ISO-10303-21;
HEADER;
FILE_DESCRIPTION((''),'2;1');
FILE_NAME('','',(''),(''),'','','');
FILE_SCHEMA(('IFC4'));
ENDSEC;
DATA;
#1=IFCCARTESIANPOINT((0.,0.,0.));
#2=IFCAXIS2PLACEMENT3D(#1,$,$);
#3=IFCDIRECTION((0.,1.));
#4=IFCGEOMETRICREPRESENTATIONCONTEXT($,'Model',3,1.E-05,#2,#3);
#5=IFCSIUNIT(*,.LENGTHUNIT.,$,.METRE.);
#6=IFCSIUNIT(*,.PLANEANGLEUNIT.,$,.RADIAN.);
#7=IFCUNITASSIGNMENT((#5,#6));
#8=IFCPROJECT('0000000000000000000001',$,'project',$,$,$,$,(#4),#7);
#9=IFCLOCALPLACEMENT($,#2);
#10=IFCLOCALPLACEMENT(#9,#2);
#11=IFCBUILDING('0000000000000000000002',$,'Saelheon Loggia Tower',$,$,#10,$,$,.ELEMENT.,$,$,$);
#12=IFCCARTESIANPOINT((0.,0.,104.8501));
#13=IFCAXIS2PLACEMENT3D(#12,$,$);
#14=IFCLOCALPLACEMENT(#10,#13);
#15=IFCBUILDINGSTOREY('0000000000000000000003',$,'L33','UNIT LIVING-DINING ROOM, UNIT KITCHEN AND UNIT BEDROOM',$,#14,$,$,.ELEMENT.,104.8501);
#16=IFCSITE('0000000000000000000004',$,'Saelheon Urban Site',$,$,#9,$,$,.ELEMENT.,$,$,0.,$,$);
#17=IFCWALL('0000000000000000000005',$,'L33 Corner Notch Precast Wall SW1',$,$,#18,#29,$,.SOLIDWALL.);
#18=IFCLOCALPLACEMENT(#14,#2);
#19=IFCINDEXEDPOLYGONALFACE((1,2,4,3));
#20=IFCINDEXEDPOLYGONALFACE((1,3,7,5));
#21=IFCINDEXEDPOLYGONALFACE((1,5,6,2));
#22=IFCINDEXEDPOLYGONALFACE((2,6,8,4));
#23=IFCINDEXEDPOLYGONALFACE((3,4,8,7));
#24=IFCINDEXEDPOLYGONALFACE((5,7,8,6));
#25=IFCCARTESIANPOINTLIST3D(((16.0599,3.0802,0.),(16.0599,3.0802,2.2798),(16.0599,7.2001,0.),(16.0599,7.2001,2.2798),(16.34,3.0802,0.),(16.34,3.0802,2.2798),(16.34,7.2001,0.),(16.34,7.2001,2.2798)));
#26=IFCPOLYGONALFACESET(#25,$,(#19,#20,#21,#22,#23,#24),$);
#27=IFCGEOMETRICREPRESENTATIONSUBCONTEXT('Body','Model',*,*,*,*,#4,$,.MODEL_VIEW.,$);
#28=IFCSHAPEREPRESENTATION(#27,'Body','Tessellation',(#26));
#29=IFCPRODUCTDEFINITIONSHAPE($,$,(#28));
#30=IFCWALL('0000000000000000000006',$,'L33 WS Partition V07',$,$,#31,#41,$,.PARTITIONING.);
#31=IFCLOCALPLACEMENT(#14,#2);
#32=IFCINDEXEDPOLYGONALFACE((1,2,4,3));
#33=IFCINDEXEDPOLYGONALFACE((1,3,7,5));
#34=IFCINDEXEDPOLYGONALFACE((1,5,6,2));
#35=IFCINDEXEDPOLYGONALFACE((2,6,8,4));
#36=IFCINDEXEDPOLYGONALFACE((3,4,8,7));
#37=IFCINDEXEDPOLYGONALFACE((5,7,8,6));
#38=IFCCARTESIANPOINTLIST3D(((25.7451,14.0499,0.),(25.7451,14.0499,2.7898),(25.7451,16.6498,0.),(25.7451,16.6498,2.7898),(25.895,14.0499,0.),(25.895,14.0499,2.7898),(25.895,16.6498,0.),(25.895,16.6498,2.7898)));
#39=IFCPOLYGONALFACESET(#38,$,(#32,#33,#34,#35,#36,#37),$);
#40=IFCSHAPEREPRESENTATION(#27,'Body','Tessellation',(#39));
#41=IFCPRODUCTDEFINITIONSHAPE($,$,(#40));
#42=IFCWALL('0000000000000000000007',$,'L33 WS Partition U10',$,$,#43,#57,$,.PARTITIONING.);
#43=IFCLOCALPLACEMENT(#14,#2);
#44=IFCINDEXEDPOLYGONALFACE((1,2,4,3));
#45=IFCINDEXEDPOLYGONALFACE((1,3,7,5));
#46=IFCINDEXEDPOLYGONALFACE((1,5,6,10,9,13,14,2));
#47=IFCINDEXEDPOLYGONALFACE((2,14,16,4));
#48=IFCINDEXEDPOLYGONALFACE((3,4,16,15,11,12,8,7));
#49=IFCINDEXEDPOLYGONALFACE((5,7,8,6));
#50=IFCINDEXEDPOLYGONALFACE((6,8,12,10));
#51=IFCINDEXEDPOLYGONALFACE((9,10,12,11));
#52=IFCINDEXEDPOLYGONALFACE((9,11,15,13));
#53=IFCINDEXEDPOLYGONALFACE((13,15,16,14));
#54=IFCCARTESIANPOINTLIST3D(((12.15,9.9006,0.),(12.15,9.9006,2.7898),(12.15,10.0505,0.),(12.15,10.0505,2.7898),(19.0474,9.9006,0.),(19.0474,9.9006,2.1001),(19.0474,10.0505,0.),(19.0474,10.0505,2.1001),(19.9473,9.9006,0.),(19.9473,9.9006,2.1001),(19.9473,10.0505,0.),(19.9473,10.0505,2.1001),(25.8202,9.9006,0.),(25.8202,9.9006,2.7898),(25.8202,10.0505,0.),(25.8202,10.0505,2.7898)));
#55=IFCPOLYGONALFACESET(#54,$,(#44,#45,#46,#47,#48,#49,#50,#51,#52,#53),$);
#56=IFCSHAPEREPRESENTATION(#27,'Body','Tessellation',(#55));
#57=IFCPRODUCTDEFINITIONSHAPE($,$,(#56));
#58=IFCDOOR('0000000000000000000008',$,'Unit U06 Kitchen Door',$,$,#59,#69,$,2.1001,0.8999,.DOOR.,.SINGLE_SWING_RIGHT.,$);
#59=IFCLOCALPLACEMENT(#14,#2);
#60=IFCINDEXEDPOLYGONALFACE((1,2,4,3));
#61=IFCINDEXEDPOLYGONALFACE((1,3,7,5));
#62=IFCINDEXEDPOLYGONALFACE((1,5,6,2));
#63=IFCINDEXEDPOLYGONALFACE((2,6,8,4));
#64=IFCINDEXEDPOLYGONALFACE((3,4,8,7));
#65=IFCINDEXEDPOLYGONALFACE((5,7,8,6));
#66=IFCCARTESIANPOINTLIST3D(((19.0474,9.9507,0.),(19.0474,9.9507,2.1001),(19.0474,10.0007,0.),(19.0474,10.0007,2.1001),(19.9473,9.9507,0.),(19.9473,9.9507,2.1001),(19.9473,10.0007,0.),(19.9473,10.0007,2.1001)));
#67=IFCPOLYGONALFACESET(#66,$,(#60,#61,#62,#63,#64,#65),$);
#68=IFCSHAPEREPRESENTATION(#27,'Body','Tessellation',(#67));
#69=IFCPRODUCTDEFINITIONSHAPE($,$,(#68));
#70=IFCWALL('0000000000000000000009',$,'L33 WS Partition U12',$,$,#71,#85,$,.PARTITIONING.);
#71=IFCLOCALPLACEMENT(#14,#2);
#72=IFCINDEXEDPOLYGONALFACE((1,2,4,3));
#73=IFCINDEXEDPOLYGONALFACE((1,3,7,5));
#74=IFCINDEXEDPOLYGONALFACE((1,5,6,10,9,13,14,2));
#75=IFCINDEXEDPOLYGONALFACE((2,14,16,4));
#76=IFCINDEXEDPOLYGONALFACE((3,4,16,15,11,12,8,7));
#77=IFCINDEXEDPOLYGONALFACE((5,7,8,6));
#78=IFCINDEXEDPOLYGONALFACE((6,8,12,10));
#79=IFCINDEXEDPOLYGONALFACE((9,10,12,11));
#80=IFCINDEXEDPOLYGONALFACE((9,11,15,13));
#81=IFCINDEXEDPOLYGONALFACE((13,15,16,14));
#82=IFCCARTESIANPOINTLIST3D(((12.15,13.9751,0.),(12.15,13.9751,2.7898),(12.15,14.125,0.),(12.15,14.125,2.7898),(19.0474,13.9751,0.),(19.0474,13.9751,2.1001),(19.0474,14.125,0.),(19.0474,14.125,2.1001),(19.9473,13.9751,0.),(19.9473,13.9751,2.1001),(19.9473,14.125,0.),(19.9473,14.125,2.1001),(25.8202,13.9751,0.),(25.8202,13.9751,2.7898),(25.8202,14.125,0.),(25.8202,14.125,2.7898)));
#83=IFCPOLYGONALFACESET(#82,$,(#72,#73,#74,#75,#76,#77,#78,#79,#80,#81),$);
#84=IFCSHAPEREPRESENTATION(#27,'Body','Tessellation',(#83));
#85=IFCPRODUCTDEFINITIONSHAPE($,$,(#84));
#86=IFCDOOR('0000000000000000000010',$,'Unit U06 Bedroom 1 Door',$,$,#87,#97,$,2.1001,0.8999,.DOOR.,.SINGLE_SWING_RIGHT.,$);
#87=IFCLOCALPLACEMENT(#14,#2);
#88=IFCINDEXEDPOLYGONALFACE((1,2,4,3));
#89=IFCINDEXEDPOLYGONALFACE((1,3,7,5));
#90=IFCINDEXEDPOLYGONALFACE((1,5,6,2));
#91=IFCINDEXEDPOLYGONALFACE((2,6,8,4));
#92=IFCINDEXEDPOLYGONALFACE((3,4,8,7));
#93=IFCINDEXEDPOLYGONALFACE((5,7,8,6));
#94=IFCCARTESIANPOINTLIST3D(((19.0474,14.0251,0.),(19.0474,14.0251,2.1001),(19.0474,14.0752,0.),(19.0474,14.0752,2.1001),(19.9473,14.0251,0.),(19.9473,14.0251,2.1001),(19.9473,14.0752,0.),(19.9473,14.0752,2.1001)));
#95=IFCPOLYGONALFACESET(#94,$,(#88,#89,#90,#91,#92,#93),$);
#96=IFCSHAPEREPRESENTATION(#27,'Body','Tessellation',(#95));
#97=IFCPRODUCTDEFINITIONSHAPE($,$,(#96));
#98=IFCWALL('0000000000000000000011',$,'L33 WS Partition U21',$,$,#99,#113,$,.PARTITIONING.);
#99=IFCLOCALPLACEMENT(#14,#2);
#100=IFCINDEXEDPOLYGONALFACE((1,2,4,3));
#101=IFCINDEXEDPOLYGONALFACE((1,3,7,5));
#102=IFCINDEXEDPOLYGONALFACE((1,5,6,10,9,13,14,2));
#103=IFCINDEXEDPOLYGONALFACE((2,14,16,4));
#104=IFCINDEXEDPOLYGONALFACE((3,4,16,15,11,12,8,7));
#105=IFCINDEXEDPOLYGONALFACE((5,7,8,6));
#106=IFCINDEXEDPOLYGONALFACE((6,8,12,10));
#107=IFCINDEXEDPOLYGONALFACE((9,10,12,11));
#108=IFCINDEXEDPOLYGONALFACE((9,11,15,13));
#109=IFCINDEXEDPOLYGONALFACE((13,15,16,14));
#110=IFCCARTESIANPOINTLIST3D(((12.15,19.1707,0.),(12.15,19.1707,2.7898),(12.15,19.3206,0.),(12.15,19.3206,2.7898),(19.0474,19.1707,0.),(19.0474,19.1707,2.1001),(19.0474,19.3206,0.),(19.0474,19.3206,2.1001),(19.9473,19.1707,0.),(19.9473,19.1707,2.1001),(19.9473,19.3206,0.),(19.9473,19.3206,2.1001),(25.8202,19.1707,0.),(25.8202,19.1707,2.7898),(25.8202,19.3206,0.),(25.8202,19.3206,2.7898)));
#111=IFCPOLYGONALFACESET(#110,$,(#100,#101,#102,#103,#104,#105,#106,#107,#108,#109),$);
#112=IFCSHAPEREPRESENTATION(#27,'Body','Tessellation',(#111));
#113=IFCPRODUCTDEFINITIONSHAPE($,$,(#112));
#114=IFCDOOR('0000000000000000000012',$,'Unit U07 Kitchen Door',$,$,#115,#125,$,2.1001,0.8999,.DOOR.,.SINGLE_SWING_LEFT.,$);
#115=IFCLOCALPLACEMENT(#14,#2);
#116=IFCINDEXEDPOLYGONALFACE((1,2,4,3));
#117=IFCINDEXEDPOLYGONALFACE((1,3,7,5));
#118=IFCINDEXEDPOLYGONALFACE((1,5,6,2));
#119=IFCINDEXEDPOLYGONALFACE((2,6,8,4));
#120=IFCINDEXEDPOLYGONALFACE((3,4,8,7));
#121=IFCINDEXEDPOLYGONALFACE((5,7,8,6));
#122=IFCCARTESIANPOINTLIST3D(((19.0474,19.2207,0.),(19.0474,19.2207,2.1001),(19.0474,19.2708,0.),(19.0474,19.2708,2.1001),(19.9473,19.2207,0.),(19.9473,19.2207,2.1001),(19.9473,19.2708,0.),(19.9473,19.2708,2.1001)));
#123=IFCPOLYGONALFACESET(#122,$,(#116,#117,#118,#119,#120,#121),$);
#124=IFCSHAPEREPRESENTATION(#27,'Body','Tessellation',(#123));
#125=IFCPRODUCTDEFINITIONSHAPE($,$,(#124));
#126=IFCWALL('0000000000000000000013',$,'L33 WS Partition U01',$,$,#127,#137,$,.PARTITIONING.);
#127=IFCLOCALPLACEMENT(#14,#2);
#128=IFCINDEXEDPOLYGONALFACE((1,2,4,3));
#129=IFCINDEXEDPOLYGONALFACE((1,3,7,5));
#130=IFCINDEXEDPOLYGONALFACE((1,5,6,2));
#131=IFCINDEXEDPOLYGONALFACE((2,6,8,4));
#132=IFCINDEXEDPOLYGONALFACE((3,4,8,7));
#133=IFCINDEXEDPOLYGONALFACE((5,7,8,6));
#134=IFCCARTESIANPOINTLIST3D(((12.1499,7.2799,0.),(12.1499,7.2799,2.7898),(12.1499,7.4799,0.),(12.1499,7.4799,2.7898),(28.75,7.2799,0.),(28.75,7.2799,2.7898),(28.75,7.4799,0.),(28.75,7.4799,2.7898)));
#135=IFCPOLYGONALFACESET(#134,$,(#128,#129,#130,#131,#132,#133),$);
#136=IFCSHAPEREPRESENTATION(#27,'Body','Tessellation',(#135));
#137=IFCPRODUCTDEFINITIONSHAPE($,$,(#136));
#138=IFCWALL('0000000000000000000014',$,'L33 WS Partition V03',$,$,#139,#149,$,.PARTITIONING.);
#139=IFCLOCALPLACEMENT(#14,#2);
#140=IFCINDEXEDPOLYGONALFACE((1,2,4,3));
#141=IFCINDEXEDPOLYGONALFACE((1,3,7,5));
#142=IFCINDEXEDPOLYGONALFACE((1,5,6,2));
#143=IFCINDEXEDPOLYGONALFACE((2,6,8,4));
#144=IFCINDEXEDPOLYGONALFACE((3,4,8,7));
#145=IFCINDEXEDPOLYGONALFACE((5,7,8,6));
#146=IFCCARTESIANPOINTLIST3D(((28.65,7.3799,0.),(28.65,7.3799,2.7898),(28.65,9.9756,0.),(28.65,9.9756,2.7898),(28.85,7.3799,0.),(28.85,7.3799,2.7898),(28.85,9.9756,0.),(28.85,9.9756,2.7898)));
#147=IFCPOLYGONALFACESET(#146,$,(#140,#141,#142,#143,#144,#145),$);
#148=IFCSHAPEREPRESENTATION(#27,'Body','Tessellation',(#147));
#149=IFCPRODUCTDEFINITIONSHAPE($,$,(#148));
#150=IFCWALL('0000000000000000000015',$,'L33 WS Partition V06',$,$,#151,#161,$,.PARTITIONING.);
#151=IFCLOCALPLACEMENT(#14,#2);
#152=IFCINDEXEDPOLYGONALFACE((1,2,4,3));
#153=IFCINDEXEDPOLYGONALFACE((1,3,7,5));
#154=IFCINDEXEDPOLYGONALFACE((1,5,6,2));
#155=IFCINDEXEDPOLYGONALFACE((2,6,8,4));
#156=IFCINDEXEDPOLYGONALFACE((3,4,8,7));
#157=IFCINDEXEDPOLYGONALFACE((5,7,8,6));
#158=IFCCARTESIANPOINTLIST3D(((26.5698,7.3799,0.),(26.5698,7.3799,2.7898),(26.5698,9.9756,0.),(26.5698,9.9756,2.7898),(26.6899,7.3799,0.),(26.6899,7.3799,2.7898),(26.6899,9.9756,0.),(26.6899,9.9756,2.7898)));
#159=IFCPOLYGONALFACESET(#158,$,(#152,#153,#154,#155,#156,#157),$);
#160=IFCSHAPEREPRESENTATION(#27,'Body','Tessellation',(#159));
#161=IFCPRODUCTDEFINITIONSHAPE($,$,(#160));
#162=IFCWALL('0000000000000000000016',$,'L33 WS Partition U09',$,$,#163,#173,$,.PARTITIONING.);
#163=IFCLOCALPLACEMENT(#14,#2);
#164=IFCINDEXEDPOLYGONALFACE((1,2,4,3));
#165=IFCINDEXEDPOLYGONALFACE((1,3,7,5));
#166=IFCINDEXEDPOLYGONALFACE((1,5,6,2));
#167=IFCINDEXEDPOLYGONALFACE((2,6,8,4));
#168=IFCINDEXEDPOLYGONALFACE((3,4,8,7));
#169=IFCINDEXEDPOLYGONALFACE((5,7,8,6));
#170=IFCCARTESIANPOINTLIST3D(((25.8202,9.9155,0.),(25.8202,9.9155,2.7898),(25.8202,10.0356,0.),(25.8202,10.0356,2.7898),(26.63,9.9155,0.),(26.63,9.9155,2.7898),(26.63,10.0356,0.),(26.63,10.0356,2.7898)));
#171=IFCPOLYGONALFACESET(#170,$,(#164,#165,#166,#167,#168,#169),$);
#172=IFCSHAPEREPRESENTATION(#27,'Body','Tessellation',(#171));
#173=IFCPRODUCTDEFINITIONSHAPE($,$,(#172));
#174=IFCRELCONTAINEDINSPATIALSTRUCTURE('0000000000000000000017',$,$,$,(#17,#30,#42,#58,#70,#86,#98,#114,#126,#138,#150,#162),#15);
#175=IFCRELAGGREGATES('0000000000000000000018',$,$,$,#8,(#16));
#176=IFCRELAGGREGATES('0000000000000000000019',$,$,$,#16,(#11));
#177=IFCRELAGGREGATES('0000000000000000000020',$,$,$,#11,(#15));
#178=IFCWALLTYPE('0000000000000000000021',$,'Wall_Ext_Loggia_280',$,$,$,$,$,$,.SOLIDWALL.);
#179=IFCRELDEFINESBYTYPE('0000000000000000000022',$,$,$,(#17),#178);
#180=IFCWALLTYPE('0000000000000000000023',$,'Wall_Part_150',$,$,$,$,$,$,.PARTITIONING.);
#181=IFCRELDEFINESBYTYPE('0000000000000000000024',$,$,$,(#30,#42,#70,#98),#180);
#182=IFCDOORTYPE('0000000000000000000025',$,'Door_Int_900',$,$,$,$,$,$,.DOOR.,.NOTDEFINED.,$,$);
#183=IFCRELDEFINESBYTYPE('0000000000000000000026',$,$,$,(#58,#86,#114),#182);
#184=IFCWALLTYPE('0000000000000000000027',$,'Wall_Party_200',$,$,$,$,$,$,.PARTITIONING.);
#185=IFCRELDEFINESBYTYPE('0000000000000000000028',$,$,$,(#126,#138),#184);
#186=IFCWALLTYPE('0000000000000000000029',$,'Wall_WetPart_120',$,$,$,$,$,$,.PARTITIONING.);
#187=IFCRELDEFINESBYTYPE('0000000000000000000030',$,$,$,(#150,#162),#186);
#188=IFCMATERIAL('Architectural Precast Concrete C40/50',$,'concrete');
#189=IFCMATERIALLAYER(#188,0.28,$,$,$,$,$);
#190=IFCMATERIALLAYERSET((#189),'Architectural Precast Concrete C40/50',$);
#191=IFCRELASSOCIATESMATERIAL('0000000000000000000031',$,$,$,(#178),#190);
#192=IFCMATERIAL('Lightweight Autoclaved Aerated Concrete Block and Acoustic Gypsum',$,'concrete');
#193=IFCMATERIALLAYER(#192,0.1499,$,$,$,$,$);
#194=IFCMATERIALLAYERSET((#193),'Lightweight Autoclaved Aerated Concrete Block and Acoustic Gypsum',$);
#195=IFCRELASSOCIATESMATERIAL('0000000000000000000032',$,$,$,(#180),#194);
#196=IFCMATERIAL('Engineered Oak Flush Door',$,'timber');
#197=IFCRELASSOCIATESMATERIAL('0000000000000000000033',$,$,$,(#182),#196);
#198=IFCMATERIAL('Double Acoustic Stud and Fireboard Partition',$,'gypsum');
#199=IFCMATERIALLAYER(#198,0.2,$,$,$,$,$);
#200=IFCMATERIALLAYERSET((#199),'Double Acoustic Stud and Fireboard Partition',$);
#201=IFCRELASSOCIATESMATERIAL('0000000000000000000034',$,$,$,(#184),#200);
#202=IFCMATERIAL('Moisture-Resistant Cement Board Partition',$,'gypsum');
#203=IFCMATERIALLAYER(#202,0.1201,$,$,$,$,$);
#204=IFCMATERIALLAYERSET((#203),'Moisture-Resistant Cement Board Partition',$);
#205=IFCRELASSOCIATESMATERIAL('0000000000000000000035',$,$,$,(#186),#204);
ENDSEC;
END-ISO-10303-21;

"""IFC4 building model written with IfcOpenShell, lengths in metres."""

from ifc_helpers import new_model, si_unit, direction, frame, frame_2d, origin, place, context, subcontext, project, spatial, rectangle, extrude, source, transform, mapped, material, layer, layer_set, type_object, element, fill, save


model = new_model("IFC4")

# Units and contexts
model_context = context("Model", 3, precision=1e-05, world=origin(), true_north=direction((0.0, 1.0)))
body_context = subcontext(model_context, "Body", "Model", "MODEL_VIEW")
ifc_project = project(units=[si_unit("LENGTHUNIT", "METRE"), si_unit("PLANEANGLEUNIT", "RADIAN")], contexts=[model_context])

# Site, building, storey
site_placement = place(None, origin())
site = spatial("IfcSite", under=ifc_project, at=site_placement, Name="Saelheon Urban Site", CompositionType="ELEMENT", RefElevation=0.0)
building_placement = place(site_placement, origin())
building = spatial("IfcBuilding", under=site, at=building_placement, Name="Saelheon Loggia Tower", CompositionType="ELEMENT")
storey_placement = place(building_placement, frame((0.0, 0.0, 104.8501)))
storey = spatial("IfcBuildingStorey", under=building, at=storey_placement, Name="L33", Description="UNIT LIVING-DINING ROOM, UNIT KITCHEN AND UNIT BEDROOM", CompositionType="ELEMENT", Elevation=104.8501)

# Shared definitions
ifc_material_1 = material(Name="Architectural Precast Concrete C40/50", Category="concrete")
ifc_layer_1 = layer(ifc_material_1, 0.28)
ifc_layer_set_1 = layer_set([ifc_layer_1], Name="Architectural Precast Concrete C40/50")
wall_type_1 = type_object("IfcWallType", Name="Wall_Ext_Loggia_280", PredefinedType="SOLIDWALL", material=ifc_layer_set_1)

# Walls
wall_1_placement = place(storey_placement, frame((16.2, 3.0801, 0.0), z_axis=(0.0, 0.0, 1.0), x_axis=(0.0, 1.0, 0.0)))
element("IfcWall", 1, at=wall_1_placement, inside=storey, type_object=wall_type_1, Name="L33 Corner Notch Precast Wall SW1", PredefinedType="SOLIDWALL", context=body_context, shape_type="SweptSolid", body=[
    extrude(rectangle(XDim=4.1199, YDim=0.28, at=frame_2d((2.0601, 0.0))), origin(), (0.0, 0.0, 1.0), 2.2798),
])
ifc_material_2 = material(Name="Lightweight Autoclaved Aerated Concrete Block and Acoustic Gypsum", Category="concrete")
ifc_layer_2 = layer(ifc_material_2, 0.1499)
ifc_layer_set_2 = layer_set([ifc_layer_2], Name="Lightweight Autoclaved Aerated Concrete Block and Acoustic Gypsum")
wall_type_2 = type_object("IfcWallType", Name="Wall_Part_150", PredefinedType="PARTITIONING", material=ifc_layer_set_2)
wall_2_placement = place(storey_placement, frame((25.8201, 14.05, 0.0), z_axis=(0.0, 0.0, 1.0), x_axis=(0.0, 1.0, 0.0)))
element("IfcWall", 2, at=wall_2_placement, inside=storey, type_object=wall_type_2, Name="L33 WS Partition V07", PredefinedType="PARTITIONING", context=body_context, shape_type="SweptSolid", body=[
    extrude(rectangle(XDim=2.5999, YDim=0.1499, at=frame_2d((1.2998, 0.0))), origin(), (0.0, 0.0, 1.0), 2.7898),
])

# Walls, openings, doors
wall_3_placement = place(storey_placement, frame((25.8201, 9.9756, 0.0), z_axis=(0.0, 0.0, 1.0), x_axis=(-1.0, 0.0, 0.0)))
wall_3 = element("IfcWall", 3, at=wall_3_placement, inside=storey, type_object=wall_type_2, Name="L33 WS Partition U10", PredefinedType="PARTITIONING", context=body_context, shape_type="SweptSolid", body=[
    extrude(rectangle(XDim=13.6702, YDim=0.1499, at=frame_2d((6.835, 0.0))), origin(), (0.0, 0.0, 1.0), 2.7898),
])
opening_1_placement = place(wall_3_placement, frame((5.8728, 0.0, 0.0)))
opening_1 = element("IfcOpeningElement", 4, at=opening_1_placement, cuts=wall_3, PredefinedType="OPENING", context=body_context, shape_type="SweptSolid", body=[
    extrude(rectangle(XDim=0.8999, YDim=2.1001, at=frame_2d((0.45, 1.05))), frame((0.0, 0.0869, 0.0), z_axis=(0.0, -1.0, 0.0), x_axis=(1.0, 0.0, 0.0)), (0.0, 0.0, 1.0), 0.1738),
])
ifc_material_3 = material(Name="Engineered Oak Flush Door", Category="timber")
door_type_1 = type_object("IfcDoorType", Name="Door_Int_900", OperationType="NOTDEFINED", PredefinedType="DOOR", material=ifc_material_3)
shared_shape_1 = source(origin(), body_context, "Body", "SweptSolid", [
    extrude(rectangle(XDim=0.8999, YDim=2.1001, at=frame_2d((0.45, 1.05))), frame((0.0, 0.0249, 0.0), z_axis=(0.0, -1.0, 0.0), x_axis=(1.0, 0.0, 0.0)), (0.0, 0.0, 1.0), 0.05),
])
door_1_placement = place(opening_1_placement, origin())
door_1 = element("IfcDoor", 5, at=door_1_placement, inside=storey, type_object=door_type_1, Name="Unit U06 Kitchen Door", OperationType="SINGLE_SWING_RIGHT", OverallHeight=2.1001, OverallWidth=0.8999, PredefinedType="DOOR", context=body_context, shape_type="MappedRepresentation", body=[
    mapped(shared_shape_1, transform((0.0, 0.0, 0.0), scale=1.0)),
])
fill(opening_1, door_1)
wall_4_placement = place(storey_placement, frame((25.8201, 14.05, 0.0), z_axis=(0.0, 0.0, 1.0), x_axis=(-1.0, 0.0, 0.0)))
wall_4 = element("IfcWall", 6, at=wall_4_placement, inside=storey, type_object=wall_type_2, Name="L33 WS Partition U12", PredefinedType="PARTITIONING", context=body_context, shape_type="SweptSolid", body=[
    extrude(rectangle(XDim=13.6702, YDim=0.1499, at=frame_2d((6.835, 0.0))), origin(), (0.0, 0.0, 1.0), 2.7898),
])
opening_2_placement = place(wall_4_placement, frame((5.8728, 0.0, 0.0)))
opening_2 = element("IfcOpeningElement", 7, at=opening_2_placement, cuts=wall_4, PredefinedType="OPENING", context=body_context, shape_type="SweptSolid", body=[
    extrude(rectangle(XDim=0.8999, YDim=2.1001, at=frame_2d((0.45, 1.05))), frame((0.0, 0.0869, 0.0), z_axis=(0.0, -1.0, 0.0), x_axis=(1.0, 0.0, 0.0)), (0.0, 0.0, 1.0), 0.1738),
])
door_2_placement = place(opening_2_placement, origin())
door_2 = element("IfcDoor", 8, at=door_2_placement, inside=storey, type_object=door_type_1, Name="Unit U06 Bedroom 1 Door", OperationType="SINGLE_SWING_RIGHT", OverallHeight=2.1001, OverallWidth=0.8999, PredefinedType="DOOR", context=body_context, shape_type="MappedRepresentation", body=[
    mapped(shared_shape_1, transform((0.0, 0.0, 0.0), scale=1.0)),
])
fill(opening_2, door_2)
wall_5_placement = place(storey_placement, frame((25.8201, 19.2456, 0.0), z_axis=(0.0, 0.0, 1.0), x_axis=(-1.0, 0.0, 0.0)))
wall_5 = element("IfcWall", 9, at=wall_5_placement, inside=storey, type_object=wall_type_2, Name="L33 WS Partition U21", PredefinedType="PARTITIONING", context=body_context, shape_type="SweptSolid", body=[
    extrude(rectangle(XDim=13.6702, YDim=0.1499, at=frame_2d((6.835, 0.0))), origin(), (0.0, 0.0, 1.0), 2.7898),
])
opening_3_placement = place(wall_5_placement, frame((5.8728, 0.0, 0.0)))
opening_3 = element("IfcOpeningElement", 10, at=opening_3_placement, cuts=wall_5, PredefinedType="OPENING", context=body_context, shape_type="SweptSolid", body=[
    extrude(rectangle(XDim=0.8999, YDim=2.1001, at=frame_2d((0.45, 1.05))), frame((0.0, 0.0869, 0.0), z_axis=(0.0, -1.0, 0.0), x_axis=(1.0, 0.0, 0.0)), (0.0, 0.0, 1.0), 0.1738),
])
door_3_placement = place(opening_3_placement, origin())
door_3 = element("IfcDoor", 11, at=door_3_placement, inside=storey, type_object=door_type_1, Name="Unit U07 Kitchen Door", OperationType="SINGLE_SWING_LEFT", OverallHeight=2.1001, OverallWidth=0.8999, PredefinedType="DOOR", context=body_context, shape_type="MappedRepresentation", body=[
    mapped(shared_shape_1, transform((0.0, 0.0, 0.0), scale=1.0)),
])
fill(opening_3, door_3)

# Walls
ifc_material_4 = material(Name="Double Acoustic Stud and Fireboard Partition", Category="gypsum")
ifc_layer_3 = layer(ifc_material_4, 0.2)
ifc_layer_set_3 = layer_set([ifc_layer_3], Name="Double Acoustic Stud and Fireboard Partition")
wall_type_3 = type_object("IfcWallType", Name="Wall_Party_200", PredefinedType="PARTITIONING", material=ifc_layer_set_3)
wall_6_placement = place(storey_placement, frame((28.75, 7.3799, 0.0), z_axis=(0.0, 0.0, 1.0), x_axis=(-1.0, 0.0, 0.0)))
element("IfcWall", 12, at=wall_6_placement, inside=storey, type_object=wall_type_3, Name="L33 WS Partition U01", PredefinedType="PARTITIONING", context=body_context, shape_type="SweptSolid", body=[
    extrude(rectangle(XDim=16.6001, YDim=0.2, at=frame_2d((8.3, 0.0))), origin(), (0.0, 0.0, 1.0), 2.7898),
])
wall_7_placement = place(storey_placement, frame((28.75, 7.3799, 0.0), z_axis=(0.0, 0.0, 1.0), x_axis=(0.0, 1.0, 0.0)))
element("IfcWall", 13, at=wall_7_placement, inside=storey, type_object=wall_type_3, Name="L33 WS Partition V03", PredefinedType="PARTITIONING", context=body_context, shape_type="SweptSolid", body=[
    extrude(rectangle(XDim=2.5957, YDim=0.2, at=frame_2d((1.2979, 0.0))), origin(), (0.0, 0.0, 1.0), 2.7898),
])
ifc_material_5 = material(Name="Moisture-Resistant Cement Board Partition", Category="gypsum")
ifc_layer_4 = layer(ifc_material_5, 0.1201)
ifc_layer_set_4 = layer_set([ifc_layer_4], Name="Moisture-Resistant Cement Board Partition")
wall_type_4 = type_object("IfcWallType", Name="Wall_WetPart_120", PredefinedType="PARTITIONING", material=ifc_layer_set_4)
wall_8_placement = place(storey_placement, frame((26.6299, 7.3799, 0.0), z_axis=(0.0, 0.0, 1.0), x_axis=(0.0, 1.0, 0.0)))
element("IfcWall", 14, at=wall_8_placement, inside=storey, type_object=wall_type_4, Name="L33 WS Partition V06", PredefinedType="PARTITIONING", context=body_context, shape_type="SweptSolid", body=[
    extrude(rectangle(XDim=2.5957, YDim=0.1201, at=frame_2d((1.2979, 0.0))), origin(), (0.0, 0.0, 1.0), 2.7898),
])
wall_9_placement = place(storey_placement, frame((26.6299, 9.9756, 0.0), z_axis=(0.0, 0.0, 1.0), x_axis=(-1.0, 0.0, 0.0)))
element("IfcWall", 15, at=wall_9_placement, inside=storey, type_object=wall_type_4, Name="L33 WS Partition U09", PredefinedType="PARTITIONING", context=body_context, shape_type="SweptSolid", body=[
    extrude(rectangle(XDim=0.8098, YDim=0.1201, at=frame_2d((0.4048, 0.0))), origin(), (0.0, 0.0, 1.0), 2.7898),
])

save(model, "model.ifc")
